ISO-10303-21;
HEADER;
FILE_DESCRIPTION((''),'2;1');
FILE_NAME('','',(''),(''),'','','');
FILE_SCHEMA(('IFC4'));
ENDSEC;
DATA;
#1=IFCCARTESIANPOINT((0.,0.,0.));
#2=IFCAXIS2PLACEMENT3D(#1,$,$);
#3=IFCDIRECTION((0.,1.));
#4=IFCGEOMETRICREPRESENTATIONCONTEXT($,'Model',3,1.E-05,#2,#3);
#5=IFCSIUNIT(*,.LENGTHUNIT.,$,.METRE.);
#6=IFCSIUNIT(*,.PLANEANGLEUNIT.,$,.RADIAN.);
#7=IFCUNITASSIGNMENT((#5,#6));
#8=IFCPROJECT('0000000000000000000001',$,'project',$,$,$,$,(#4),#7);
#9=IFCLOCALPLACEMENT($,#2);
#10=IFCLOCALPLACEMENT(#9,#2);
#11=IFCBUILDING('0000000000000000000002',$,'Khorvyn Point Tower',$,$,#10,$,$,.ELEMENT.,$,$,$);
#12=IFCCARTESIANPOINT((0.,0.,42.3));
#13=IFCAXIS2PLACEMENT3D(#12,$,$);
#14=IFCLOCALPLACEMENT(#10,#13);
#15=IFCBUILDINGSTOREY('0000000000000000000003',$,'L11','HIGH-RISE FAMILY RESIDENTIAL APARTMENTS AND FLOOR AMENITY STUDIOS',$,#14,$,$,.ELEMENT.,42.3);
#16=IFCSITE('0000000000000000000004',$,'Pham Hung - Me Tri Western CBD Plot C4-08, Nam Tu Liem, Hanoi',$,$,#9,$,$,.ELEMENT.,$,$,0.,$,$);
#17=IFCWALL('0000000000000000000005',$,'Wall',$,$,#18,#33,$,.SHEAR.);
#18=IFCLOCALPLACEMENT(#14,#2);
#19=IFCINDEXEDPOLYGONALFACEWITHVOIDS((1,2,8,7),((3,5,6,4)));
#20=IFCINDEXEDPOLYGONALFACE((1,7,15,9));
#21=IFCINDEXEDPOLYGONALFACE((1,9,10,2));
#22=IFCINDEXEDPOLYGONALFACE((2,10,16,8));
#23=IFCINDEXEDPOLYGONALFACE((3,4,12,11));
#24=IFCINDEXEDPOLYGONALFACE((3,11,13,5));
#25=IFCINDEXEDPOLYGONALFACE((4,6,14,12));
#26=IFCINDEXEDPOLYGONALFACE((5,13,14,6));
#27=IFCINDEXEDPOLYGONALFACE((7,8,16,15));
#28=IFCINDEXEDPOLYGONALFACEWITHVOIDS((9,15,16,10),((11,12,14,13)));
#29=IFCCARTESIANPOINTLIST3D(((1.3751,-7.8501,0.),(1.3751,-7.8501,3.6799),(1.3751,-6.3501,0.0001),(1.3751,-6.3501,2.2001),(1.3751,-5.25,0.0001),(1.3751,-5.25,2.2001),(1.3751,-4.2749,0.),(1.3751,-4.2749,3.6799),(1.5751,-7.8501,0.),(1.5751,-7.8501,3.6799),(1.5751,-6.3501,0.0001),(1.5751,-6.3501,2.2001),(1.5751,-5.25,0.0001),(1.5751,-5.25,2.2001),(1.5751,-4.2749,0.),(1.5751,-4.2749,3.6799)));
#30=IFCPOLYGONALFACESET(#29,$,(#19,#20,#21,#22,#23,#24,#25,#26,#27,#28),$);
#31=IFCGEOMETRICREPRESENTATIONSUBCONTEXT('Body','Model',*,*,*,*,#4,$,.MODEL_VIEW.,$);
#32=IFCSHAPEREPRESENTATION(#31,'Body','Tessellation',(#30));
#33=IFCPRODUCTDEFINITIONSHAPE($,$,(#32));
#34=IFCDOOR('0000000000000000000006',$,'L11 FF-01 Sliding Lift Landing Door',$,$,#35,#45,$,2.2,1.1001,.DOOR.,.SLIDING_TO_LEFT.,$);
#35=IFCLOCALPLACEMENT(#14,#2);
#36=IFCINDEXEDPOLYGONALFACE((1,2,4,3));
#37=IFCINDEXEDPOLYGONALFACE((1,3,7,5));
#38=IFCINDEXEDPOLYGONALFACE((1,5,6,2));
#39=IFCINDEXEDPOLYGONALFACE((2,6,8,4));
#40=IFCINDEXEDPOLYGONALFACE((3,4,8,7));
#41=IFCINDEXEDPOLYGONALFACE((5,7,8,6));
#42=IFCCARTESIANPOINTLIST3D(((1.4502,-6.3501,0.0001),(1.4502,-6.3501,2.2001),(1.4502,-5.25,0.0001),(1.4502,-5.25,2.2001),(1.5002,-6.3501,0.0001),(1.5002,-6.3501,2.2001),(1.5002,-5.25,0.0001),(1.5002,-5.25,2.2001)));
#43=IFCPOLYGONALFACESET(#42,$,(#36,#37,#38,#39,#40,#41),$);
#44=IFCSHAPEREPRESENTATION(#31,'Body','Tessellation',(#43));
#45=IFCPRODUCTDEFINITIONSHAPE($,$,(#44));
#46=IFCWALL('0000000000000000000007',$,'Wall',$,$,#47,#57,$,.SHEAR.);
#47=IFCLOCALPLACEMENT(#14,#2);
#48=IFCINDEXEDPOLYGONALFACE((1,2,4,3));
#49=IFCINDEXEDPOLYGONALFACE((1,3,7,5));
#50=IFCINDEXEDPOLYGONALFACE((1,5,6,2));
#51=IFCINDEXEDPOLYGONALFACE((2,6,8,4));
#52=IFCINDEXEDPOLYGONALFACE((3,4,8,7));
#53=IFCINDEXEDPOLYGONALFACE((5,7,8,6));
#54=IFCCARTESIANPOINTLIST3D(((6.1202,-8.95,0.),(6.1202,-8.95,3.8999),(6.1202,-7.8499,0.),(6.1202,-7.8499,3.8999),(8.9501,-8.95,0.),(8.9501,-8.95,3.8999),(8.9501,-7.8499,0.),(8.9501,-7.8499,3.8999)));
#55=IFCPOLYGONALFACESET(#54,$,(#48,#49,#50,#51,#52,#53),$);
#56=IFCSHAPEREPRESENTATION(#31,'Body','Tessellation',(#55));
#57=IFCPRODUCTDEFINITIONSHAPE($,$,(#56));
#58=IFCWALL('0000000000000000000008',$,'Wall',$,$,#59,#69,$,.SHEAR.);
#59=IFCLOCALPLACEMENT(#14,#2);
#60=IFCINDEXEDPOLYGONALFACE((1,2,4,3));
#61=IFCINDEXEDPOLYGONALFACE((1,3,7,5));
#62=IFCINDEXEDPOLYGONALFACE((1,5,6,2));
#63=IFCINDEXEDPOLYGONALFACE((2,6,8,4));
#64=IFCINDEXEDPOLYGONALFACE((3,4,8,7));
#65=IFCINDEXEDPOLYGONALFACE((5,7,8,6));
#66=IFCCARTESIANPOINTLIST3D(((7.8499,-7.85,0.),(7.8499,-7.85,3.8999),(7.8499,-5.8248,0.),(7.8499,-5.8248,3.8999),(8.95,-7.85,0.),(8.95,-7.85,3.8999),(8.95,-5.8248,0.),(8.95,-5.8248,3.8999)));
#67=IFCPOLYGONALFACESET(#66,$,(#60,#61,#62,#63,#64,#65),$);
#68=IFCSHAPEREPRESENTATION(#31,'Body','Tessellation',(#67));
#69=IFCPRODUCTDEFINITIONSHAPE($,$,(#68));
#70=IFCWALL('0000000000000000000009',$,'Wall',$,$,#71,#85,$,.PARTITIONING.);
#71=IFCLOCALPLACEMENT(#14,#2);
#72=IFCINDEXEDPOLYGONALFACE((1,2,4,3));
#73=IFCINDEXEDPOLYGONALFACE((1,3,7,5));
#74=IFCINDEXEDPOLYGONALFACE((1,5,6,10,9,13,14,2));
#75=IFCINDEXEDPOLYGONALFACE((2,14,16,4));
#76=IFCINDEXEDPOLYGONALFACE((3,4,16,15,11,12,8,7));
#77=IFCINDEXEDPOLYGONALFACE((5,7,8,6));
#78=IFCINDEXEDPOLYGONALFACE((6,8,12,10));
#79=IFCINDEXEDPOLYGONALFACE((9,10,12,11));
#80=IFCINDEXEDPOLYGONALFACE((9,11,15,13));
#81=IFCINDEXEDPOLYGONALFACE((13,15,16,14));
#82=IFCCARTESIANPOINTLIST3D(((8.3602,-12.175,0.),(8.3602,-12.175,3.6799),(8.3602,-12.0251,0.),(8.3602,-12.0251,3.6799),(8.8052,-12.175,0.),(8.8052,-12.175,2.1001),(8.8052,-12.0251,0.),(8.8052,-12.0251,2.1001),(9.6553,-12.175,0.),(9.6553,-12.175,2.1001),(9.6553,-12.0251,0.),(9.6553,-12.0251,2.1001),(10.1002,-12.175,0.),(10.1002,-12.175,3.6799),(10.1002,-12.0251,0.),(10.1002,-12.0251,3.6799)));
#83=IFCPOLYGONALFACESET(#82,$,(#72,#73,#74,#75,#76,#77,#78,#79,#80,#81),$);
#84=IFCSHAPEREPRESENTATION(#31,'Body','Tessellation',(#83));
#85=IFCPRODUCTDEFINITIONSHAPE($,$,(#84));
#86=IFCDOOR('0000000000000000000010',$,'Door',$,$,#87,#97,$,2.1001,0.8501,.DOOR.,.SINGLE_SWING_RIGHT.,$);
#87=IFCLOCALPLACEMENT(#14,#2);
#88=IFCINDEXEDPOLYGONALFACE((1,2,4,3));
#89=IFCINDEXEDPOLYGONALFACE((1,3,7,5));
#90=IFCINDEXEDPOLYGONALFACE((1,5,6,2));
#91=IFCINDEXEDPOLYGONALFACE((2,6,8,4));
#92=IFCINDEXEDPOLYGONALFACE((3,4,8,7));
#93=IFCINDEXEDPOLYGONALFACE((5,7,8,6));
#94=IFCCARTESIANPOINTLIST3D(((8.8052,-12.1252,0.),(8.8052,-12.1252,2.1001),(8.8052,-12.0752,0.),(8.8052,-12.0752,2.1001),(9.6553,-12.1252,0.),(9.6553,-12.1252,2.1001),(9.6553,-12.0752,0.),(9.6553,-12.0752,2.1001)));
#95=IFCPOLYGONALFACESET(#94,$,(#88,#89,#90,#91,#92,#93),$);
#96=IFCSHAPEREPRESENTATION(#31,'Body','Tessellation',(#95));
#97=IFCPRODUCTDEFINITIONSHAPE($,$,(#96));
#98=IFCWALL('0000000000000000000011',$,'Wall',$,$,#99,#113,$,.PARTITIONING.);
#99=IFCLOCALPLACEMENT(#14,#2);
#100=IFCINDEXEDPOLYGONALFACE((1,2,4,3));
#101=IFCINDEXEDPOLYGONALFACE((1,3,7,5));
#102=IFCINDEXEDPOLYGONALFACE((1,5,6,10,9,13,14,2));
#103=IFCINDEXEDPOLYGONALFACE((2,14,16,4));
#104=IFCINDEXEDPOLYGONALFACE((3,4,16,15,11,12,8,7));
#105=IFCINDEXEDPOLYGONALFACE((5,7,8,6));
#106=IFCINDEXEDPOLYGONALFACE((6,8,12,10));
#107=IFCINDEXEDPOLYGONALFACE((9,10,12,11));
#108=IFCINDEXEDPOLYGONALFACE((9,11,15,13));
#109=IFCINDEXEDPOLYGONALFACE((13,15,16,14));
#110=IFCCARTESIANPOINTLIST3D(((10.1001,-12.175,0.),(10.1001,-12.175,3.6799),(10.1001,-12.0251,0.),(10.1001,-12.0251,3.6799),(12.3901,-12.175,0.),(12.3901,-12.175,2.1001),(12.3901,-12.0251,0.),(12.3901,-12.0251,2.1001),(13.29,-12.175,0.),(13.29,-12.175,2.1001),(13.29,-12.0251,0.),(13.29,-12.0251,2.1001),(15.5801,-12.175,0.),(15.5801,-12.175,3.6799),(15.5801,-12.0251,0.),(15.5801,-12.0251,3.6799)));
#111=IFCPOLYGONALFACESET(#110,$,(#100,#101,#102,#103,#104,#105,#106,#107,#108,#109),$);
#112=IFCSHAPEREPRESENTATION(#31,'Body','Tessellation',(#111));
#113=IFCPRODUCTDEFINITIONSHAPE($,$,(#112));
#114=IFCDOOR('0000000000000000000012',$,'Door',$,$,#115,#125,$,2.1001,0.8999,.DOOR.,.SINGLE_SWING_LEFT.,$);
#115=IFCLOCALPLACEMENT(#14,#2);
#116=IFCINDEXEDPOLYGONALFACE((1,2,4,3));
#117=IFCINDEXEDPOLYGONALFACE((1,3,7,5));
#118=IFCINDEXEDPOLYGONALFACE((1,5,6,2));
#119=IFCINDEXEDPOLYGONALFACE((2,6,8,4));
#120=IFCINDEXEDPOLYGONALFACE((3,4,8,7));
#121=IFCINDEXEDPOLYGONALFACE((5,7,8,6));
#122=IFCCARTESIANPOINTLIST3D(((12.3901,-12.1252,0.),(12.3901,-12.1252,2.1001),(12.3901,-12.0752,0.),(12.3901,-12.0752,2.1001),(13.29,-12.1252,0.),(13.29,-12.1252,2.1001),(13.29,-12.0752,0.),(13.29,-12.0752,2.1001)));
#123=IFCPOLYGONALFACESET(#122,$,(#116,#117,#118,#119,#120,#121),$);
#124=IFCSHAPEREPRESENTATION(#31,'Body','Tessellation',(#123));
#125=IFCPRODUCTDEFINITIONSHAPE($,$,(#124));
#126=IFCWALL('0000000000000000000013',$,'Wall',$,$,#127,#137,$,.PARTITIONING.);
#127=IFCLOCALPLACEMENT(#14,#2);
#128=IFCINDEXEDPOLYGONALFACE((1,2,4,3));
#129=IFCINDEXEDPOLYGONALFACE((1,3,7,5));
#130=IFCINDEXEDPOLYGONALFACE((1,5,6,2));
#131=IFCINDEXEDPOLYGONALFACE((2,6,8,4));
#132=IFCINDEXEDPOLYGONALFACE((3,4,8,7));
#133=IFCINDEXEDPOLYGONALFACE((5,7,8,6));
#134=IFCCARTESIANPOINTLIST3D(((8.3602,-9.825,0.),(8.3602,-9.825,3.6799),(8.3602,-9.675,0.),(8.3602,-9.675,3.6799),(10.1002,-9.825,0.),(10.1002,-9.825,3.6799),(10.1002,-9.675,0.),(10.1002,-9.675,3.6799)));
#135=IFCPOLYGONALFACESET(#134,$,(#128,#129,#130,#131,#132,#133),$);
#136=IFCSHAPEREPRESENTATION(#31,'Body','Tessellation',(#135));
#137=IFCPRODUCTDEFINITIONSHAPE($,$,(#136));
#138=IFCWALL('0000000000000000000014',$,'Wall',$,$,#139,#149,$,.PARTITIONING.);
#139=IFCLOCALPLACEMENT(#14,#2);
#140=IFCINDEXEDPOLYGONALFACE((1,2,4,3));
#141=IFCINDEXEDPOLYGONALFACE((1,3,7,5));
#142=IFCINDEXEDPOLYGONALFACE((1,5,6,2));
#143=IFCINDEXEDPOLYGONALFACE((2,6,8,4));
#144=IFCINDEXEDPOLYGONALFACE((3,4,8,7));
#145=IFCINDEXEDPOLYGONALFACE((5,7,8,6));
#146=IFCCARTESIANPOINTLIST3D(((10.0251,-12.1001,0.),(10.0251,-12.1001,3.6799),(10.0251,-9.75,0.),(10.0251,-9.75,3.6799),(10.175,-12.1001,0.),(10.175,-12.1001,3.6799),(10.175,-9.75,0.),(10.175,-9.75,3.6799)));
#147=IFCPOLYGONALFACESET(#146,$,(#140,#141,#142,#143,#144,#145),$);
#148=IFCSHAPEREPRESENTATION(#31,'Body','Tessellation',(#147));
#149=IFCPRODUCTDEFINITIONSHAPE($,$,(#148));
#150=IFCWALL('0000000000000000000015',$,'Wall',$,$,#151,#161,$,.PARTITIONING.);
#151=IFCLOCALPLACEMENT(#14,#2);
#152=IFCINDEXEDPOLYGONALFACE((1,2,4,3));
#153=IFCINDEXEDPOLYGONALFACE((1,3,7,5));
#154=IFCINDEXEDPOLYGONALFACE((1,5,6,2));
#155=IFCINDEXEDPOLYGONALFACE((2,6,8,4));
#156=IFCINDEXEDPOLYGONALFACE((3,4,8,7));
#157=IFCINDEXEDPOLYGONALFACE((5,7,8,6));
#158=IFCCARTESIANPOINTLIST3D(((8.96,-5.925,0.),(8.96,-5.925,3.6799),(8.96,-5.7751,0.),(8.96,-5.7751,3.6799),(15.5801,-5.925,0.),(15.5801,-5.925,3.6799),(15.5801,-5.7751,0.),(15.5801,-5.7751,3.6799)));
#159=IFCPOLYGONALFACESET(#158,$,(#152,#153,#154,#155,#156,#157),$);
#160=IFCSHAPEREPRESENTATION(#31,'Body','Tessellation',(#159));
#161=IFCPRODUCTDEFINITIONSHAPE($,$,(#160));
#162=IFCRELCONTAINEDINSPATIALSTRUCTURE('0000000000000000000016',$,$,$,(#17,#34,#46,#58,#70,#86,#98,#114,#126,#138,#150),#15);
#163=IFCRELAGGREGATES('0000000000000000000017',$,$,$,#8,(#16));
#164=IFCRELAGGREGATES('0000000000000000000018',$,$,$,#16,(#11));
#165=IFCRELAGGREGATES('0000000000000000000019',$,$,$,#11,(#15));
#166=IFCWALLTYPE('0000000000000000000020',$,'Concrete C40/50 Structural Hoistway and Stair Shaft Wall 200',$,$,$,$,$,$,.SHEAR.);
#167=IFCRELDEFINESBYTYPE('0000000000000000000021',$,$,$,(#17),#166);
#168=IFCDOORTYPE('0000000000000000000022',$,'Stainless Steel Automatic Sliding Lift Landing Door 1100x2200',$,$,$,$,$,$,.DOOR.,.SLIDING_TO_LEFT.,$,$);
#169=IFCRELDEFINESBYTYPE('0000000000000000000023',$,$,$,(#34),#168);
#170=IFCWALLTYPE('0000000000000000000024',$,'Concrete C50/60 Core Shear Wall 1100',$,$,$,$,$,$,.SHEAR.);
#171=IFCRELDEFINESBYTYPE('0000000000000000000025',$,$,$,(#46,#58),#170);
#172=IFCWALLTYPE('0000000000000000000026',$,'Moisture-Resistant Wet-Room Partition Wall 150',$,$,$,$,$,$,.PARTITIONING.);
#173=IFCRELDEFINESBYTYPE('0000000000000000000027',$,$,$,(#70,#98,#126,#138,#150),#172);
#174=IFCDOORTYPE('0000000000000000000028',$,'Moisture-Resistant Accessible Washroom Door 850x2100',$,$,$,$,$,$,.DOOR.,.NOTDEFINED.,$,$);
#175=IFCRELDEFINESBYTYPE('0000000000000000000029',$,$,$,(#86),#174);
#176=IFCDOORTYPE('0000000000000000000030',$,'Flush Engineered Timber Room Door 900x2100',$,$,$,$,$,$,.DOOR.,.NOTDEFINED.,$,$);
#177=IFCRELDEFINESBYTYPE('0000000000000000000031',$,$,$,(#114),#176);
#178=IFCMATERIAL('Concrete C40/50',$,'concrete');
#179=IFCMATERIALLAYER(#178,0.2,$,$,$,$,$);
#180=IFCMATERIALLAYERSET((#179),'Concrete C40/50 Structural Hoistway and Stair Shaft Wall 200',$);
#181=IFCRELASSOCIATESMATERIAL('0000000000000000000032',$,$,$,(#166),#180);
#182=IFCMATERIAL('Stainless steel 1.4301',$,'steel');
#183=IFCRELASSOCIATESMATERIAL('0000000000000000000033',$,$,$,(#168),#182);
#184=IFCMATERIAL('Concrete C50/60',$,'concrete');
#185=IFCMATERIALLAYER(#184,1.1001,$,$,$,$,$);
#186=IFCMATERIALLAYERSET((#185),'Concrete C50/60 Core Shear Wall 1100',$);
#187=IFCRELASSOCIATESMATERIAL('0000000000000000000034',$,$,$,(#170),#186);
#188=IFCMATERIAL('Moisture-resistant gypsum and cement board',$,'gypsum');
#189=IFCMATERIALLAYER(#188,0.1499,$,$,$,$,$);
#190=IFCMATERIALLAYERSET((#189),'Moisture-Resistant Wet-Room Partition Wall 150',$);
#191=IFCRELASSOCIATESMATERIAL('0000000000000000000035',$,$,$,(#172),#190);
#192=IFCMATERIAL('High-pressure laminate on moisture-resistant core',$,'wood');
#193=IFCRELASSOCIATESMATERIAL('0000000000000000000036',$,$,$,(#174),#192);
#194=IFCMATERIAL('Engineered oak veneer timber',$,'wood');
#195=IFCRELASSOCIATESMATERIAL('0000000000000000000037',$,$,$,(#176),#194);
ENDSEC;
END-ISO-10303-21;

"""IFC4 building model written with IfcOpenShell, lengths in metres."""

from ifc_helpers import new_model, si_unit, direction, frame, frame_2d, origin, place, context, subcontext, project, spatial, rectangle, extrude, material, layer, layer_set, type_object, element, fill, save


model = new_model("IFC4")

# Units and contexts
model_context = context("Model", 3, precision=1e-05, world=origin(), true_north=direction((0.0, 1.0)))
body_context = subcontext(model_context, "Body", "Model", "MODEL_VIEW")
ifc_project = project(units=[si_unit("LENGTHUNIT", "METRE"), si_unit("PLANEANGLEUNIT", "RADIAN")], contexts=[model_context])

# Site, building, storey
site_placement = place(None, origin())
site = spatial("IfcSite", under=ifc_project, at=site_placement, Name="Pham Hung - Me Tri Western CBD Plot C4-08, Nam Tu Liem, Hanoi", CompositionType="ELEMENT", RefElevation=0.0)
building_placement = place(site_placement, origin())
building = spatial("IfcBuilding", under=site, at=building_placement, Name="Khorvyn Point Tower", CompositionType="ELEMENT")
storey_placement = place(building_placement, frame((0.0, 0.0, 42.3)))
storey = spatial("IfcBuildingStorey", under=building, at=storey_placement, Name="L11", Description="HIGH-RISE FAMILY RESIDENTIAL APARTMENTS AND FLOOR AMENITY STUDIOS", CompositionType="ELEMENT", Elevation=42.3)

# Shared definitions
ifc_material_1 = material(Name="Concrete C40/50", Category="concrete")

# Shared definitions
ifc_material_2 = material(Name="Concrete C50/60", Category="concrete")

# Wall, opening, door
ifc_layer_1 = layer(ifc_material_1, 0.2)
ifc_layer_set_1 = layer_set([ifc_layer_1], Name="Concrete C40/50 Structural Hoistway and Stair Shaft Wall 200")
wall_type_1 = type_object("IfcWallType", Name="Concrete C40/50 Structural Hoistway and Stair Shaft Wall 200", PredefinedType="SHEAR", material=ifc_layer_set_1)
wall_1_placement = place(storey_placement, frame((1.4751, -7.8501, 0.0), z_axis=(0.0, 0.0, 1.0), x_axis=(0.0, 1.0, 0.0)))
wall_1 = element("IfcWall", 1, at=wall_1_placement, inside=storey, type_object=wall_type_1, Name="Wall", PredefinedType="SHEAR", context=body_context, shape_type="SweptSolid", body=[
    extrude(rectangle(XDim=3.5752, YDim=0.2, at=frame_2d((1.7876, 0.0))), origin(), (0.0, 0.0, 1.0), 3.6799),
])
opening_1_placement = place(wall_1_placement, frame((1.5, 0.0, 0.0)))
opening_1 = element("IfcOpeningElement", 2, at=opening_1_placement, cuts=wall_1, PredefinedType="OPENING", context=body_context, shape_type="SweptSolid", body=[
    extrude(rectangle(XDim=1.1001, YDim=2.2, at=frame_2d((0.55, 1.1001))), frame((0.0, 0.1099, 0.0), z_axis=(0.0, -1.0, 0.0), x_axis=(1.0, 0.0, 0.0)), (0.0, 0.0, 1.0), 0.22),
])
ifc_material_3 = material(Name="Stainless steel 1.4301", Category="steel")
door_type_1 = type_object("IfcDoorType", Name="Stainless Steel Automatic Sliding Lift Landing Door 1100x2200", OperationType="SLIDING_TO_LEFT", PredefinedType="DOOR", material=ifc_material_3)
door_1_placement = place(opening_1_placement, origin())
door_1 = element("IfcDoor", 3, at=door_1_placement, inside=storey, type_object=door_type_1, Name="L11 FF-01 Sliding Lift Landing Door", OperationType="SLIDING_TO_LEFT", OverallHeight=2.2, OverallWidth=1.1001, PredefinedType="DOOR", context=body_context, shape_type="SweptSolid", body=[
    extrude(rectangle(XDim=1.1001, YDim=2.2, at=frame_2d((0.55, 1.1001))), frame((0.0, 0.0249, 0.0), z_axis=(0.0, -1.0, 0.0), x_axis=(1.0, 0.0, 0.0)), (0.0, 0.0, 1.0), 0.05),
])
fill(opening_1, door_1)

# Walls
ifc_layer_2 = layer(ifc_material_2, 1.1001)
ifc_layer_set_2 = layer_set([ifc_layer_2], Name="Concrete C50/60 Core Shear Wall 1100")
wall_type_2 = type_object("IfcWallType", Name="Concrete C50/60 Core Shear Wall 1100", PredefinedType="SHEAR", material=ifc_layer_set_2)
wall_2_placement = place(storey_placement, frame((6.1201, -8.3999, 0.0), z_axis=(0.0, 0.0, 1.0), x_axis=(1.0, 0.0, 0.0)))
element("IfcWall", 4, at=wall_2_placement, inside=storey, type_object=wall_type_2, Name="Wall", PredefinedType="SHEAR", context=body_context, shape_type="SweptSolid", body=[
    extrude(rectangle(XDim=2.8298, YDim=1.1001, at=frame_2d((1.415, 0.0))), origin(), (0.0, 0.0, 1.0), 3.8999),
])
wall_3_placement = place(storey_placement, frame((8.3999, -7.8501, 0.0), z_axis=(0.0, 0.0, 1.0), x_axis=(0.0, 1.0, 0.0)))
element("IfcWall", 5, at=wall_3_placement, inside=storey, type_object=wall_type_2, Name="Wall", PredefinedType="SHEAR", context=body_context, shape_type="SweptSolid", body=[
    extrude(rectangle(XDim=2.0251, YDim=1.1001, at=frame_2d((1.0127, 0.0))), origin(), (0.0, 0.0, 1.0), 3.8999),
])

# Walls, openings, doors
ifc_material_4 = material(Name="Moisture-resistant gypsum and cement board", Category="gypsum")
ifc_layer_3 = layer(ifc_material_4, 0.1499)
ifc_layer_set_3 = layer_set([ifc_layer_3], Name="Moisture-Resistant Wet-Room Partition Wall 150")
wall_type_3 = type_object("IfcWallType", Name="Moisture-Resistant Wet-Room Partition Wall 150", PredefinedType="PARTITIONING", material=ifc_layer_set_3)
wall_4_placement = place(storey_placement, frame((8.3601, -12.1001, 0.0), z_axis=(0.0, 0.0, 1.0), x_axis=(1.0, 0.0, 0.0)))
wall_4 = element("IfcWall", 6, at=wall_4_placement, inside=storey, type_object=wall_type_3, Name="Wall", PredefinedType="PARTITIONING", context=body_context, shape_type="SweptSolid", body=[
    extrude(rectangle(XDim=1.74, YDim=0.1499, at=frame_2d((0.8701, 0.0))), origin(), (0.0, 0.0, 1.0), 3.6799),
])
opening_2_placement = place(wall_4_placement, frame((0.4451, 0.0, 0.0)))
opening_2 = element("IfcOpeningElement", 7, at=opening_2_placement, cuts=wall_4, PredefinedType="OPENING", context=body_context, shape_type="SweptSolid", body=[
    extrude(rectangle(XDim=0.8501, YDim=2.1001, at=frame_2d((0.425, 1.05))), frame((0.0, 0.085, 0.0), z_axis=(0.0, -1.0, 0.0), x_axis=(1.0, 0.0, 0.0)), (0.0, 0.0, 1.0), 0.1699),
])
ifc_material_5 = material(Name="High-pressure laminate on moisture-resistant core", Category="wood")
door_type_2 = type_object("IfcDoorType", Name="Moisture-Resistant Accessible Washroom Door 850x2100", OperationType="NOTDEFINED", PredefinedType="DOOR", material=ifc_material_5)
door_2_placement = place(opening_2_placement, origin())
door_2 = element("IfcDoor", 8, at=door_2_placement, inside=storey, type_object=door_type_2, Name="Door", OperationType="SINGLE_SWING_RIGHT", OverallHeight=2.1001, OverallWidth=0.8501, PredefinedType="DOOR", context=body_context, shape_type="SweptSolid", body=[
    extrude(rectangle(XDim=0.8501, YDim=2.1001, at=frame_2d((0.425, 1.05))), frame((0.0, 0.0249, 0.0), z_axis=(0.0, -1.0, 0.0), x_axis=(1.0, 0.0, 0.0)), (0.0, 0.0, 1.0), 0.05),
])
fill(opening_2, door_2)
wall_5_placement = place(storey_placement, frame((10.1001, -12.1001, 0.0), z_axis=(0.0, 0.0, 1.0), x_axis=(1.0, 0.0, 0.0)))
wall_5 = element("IfcWall", 9, at=wall_5_placement, inside=storey, type_object=wall_type_3, Name="Wall", PredefinedType="PARTITIONING", context=body_context, shape_type="SweptSolid", body=[
    extrude(rectangle(XDim=5.48, YDim=0.1499, at=frame_2d((2.74, 0.0))), origin(), (0.0, 0.0, 1.0), 3.6799),
])
opening_3_placement = place(wall_5_placement, frame((2.29, 0.0, 0.0)))
opening_3 = element("IfcOpeningElement", 10, at=opening_3_placement, cuts=wall_5, PredefinedType="OPENING", context=body_context, shape_type="SweptSolid", body=[
    extrude(rectangle(XDim=0.8999, YDim=2.1001, at=frame_2d((0.45, 1.05))), frame((0.0, 0.085, 0.0), z_axis=(0.0, -1.0, 0.0), x_axis=(1.0, 0.0, 0.0)), (0.0, 0.0, 1.0), 0.1699),
])
ifc_material_6 = material(Name="Engineered oak veneer timber", Category="wood")
door_type_3 = type_object("IfcDoorType", Name="Flush Engineered Timber Room Door 900x2100", OperationType="NOTDEFINED", PredefinedType="DOOR", material=ifc_material_6)
door_3_placement = place(opening_3_placement, origin())
door_3 = element("IfcDoor", 11, at=door_3_placement, inside=storey, type_object=door_type_3, Name="Door", OperationType="SINGLE_SWING_LEFT", OverallHeight=2.1001, OverallWidth=0.8999, PredefinedType="DOOR", context=body_context, shape_type="SweptSolid", body=[
    extrude(rectangle(XDim=0.8999, YDim=2.1001, at=frame_2d((0.45, 1.05))), frame((0.0, 0.0249, 0.0), z_axis=(0.0, -1.0, 0.0), x_axis=(1.0, 0.0, 0.0)), (0.0, 0.0, 1.0), 0.05),
])
fill(opening_3, door_3)

# Walls
wall_6_placement = place(storey_placement, frame((8.3601, -9.75, 0.0), z_axis=(0.0, 0.0, 1.0), x_axis=(1.0, 0.0, 0.0)))
element("IfcWall", 12, at=wall_6_placement, inside=storey, type_object=wall_type_3, Name="Wall", PredefinedType="PARTITIONING", context=body_context, shape_type="SweptSolid", body=[
    extrude(rectangle(XDim=1.74, YDim=0.1499, at=frame_2d((0.8701, 0.0))), origin(), (0.0, 0.0, 1.0), 3.6799),
])
wall_7_placement = place(storey_placement, frame((10.1001, -12.1001, 0.0), z_axis=(0.0, 0.0, 1.0), x_axis=(0.0, 1.0, 0.0)))
element("IfcWall", 13, at=wall_7_placement, inside=storey, type_object=wall_type_3, Name="Wall", PredefinedType="PARTITIONING", context=body_context, shape_type="SweptSolid", body=[
    extrude(rectangle(XDim=2.3501, YDim=0.1499, at=frame_2d((1.175, 0.0))), origin(), (0.0, 0.0, 1.0), 3.6799),
])
wall_8_placement = place(storey_placement, frame((8.96, -5.8501, 0.0), z_axis=(0.0, 0.0, 1.0), x_axis=(1.0, 0.0, 0.0)))
element("IfcWall", 14, at=wall_8_placement, inside=storey, type_object=wall_type_3, Name="Wall", PredefinedType="PARTITIONING", context=body_context, shape_type="SweptSolid", body=[
    extrude(rectangle(XDim=6.6201, YDim=0.1499, at=frame_2d((3.3101, 0.0))), origin(), (0.0, 0.0, 1.0), 3.6799),
])

save(model, "model.ifc")
